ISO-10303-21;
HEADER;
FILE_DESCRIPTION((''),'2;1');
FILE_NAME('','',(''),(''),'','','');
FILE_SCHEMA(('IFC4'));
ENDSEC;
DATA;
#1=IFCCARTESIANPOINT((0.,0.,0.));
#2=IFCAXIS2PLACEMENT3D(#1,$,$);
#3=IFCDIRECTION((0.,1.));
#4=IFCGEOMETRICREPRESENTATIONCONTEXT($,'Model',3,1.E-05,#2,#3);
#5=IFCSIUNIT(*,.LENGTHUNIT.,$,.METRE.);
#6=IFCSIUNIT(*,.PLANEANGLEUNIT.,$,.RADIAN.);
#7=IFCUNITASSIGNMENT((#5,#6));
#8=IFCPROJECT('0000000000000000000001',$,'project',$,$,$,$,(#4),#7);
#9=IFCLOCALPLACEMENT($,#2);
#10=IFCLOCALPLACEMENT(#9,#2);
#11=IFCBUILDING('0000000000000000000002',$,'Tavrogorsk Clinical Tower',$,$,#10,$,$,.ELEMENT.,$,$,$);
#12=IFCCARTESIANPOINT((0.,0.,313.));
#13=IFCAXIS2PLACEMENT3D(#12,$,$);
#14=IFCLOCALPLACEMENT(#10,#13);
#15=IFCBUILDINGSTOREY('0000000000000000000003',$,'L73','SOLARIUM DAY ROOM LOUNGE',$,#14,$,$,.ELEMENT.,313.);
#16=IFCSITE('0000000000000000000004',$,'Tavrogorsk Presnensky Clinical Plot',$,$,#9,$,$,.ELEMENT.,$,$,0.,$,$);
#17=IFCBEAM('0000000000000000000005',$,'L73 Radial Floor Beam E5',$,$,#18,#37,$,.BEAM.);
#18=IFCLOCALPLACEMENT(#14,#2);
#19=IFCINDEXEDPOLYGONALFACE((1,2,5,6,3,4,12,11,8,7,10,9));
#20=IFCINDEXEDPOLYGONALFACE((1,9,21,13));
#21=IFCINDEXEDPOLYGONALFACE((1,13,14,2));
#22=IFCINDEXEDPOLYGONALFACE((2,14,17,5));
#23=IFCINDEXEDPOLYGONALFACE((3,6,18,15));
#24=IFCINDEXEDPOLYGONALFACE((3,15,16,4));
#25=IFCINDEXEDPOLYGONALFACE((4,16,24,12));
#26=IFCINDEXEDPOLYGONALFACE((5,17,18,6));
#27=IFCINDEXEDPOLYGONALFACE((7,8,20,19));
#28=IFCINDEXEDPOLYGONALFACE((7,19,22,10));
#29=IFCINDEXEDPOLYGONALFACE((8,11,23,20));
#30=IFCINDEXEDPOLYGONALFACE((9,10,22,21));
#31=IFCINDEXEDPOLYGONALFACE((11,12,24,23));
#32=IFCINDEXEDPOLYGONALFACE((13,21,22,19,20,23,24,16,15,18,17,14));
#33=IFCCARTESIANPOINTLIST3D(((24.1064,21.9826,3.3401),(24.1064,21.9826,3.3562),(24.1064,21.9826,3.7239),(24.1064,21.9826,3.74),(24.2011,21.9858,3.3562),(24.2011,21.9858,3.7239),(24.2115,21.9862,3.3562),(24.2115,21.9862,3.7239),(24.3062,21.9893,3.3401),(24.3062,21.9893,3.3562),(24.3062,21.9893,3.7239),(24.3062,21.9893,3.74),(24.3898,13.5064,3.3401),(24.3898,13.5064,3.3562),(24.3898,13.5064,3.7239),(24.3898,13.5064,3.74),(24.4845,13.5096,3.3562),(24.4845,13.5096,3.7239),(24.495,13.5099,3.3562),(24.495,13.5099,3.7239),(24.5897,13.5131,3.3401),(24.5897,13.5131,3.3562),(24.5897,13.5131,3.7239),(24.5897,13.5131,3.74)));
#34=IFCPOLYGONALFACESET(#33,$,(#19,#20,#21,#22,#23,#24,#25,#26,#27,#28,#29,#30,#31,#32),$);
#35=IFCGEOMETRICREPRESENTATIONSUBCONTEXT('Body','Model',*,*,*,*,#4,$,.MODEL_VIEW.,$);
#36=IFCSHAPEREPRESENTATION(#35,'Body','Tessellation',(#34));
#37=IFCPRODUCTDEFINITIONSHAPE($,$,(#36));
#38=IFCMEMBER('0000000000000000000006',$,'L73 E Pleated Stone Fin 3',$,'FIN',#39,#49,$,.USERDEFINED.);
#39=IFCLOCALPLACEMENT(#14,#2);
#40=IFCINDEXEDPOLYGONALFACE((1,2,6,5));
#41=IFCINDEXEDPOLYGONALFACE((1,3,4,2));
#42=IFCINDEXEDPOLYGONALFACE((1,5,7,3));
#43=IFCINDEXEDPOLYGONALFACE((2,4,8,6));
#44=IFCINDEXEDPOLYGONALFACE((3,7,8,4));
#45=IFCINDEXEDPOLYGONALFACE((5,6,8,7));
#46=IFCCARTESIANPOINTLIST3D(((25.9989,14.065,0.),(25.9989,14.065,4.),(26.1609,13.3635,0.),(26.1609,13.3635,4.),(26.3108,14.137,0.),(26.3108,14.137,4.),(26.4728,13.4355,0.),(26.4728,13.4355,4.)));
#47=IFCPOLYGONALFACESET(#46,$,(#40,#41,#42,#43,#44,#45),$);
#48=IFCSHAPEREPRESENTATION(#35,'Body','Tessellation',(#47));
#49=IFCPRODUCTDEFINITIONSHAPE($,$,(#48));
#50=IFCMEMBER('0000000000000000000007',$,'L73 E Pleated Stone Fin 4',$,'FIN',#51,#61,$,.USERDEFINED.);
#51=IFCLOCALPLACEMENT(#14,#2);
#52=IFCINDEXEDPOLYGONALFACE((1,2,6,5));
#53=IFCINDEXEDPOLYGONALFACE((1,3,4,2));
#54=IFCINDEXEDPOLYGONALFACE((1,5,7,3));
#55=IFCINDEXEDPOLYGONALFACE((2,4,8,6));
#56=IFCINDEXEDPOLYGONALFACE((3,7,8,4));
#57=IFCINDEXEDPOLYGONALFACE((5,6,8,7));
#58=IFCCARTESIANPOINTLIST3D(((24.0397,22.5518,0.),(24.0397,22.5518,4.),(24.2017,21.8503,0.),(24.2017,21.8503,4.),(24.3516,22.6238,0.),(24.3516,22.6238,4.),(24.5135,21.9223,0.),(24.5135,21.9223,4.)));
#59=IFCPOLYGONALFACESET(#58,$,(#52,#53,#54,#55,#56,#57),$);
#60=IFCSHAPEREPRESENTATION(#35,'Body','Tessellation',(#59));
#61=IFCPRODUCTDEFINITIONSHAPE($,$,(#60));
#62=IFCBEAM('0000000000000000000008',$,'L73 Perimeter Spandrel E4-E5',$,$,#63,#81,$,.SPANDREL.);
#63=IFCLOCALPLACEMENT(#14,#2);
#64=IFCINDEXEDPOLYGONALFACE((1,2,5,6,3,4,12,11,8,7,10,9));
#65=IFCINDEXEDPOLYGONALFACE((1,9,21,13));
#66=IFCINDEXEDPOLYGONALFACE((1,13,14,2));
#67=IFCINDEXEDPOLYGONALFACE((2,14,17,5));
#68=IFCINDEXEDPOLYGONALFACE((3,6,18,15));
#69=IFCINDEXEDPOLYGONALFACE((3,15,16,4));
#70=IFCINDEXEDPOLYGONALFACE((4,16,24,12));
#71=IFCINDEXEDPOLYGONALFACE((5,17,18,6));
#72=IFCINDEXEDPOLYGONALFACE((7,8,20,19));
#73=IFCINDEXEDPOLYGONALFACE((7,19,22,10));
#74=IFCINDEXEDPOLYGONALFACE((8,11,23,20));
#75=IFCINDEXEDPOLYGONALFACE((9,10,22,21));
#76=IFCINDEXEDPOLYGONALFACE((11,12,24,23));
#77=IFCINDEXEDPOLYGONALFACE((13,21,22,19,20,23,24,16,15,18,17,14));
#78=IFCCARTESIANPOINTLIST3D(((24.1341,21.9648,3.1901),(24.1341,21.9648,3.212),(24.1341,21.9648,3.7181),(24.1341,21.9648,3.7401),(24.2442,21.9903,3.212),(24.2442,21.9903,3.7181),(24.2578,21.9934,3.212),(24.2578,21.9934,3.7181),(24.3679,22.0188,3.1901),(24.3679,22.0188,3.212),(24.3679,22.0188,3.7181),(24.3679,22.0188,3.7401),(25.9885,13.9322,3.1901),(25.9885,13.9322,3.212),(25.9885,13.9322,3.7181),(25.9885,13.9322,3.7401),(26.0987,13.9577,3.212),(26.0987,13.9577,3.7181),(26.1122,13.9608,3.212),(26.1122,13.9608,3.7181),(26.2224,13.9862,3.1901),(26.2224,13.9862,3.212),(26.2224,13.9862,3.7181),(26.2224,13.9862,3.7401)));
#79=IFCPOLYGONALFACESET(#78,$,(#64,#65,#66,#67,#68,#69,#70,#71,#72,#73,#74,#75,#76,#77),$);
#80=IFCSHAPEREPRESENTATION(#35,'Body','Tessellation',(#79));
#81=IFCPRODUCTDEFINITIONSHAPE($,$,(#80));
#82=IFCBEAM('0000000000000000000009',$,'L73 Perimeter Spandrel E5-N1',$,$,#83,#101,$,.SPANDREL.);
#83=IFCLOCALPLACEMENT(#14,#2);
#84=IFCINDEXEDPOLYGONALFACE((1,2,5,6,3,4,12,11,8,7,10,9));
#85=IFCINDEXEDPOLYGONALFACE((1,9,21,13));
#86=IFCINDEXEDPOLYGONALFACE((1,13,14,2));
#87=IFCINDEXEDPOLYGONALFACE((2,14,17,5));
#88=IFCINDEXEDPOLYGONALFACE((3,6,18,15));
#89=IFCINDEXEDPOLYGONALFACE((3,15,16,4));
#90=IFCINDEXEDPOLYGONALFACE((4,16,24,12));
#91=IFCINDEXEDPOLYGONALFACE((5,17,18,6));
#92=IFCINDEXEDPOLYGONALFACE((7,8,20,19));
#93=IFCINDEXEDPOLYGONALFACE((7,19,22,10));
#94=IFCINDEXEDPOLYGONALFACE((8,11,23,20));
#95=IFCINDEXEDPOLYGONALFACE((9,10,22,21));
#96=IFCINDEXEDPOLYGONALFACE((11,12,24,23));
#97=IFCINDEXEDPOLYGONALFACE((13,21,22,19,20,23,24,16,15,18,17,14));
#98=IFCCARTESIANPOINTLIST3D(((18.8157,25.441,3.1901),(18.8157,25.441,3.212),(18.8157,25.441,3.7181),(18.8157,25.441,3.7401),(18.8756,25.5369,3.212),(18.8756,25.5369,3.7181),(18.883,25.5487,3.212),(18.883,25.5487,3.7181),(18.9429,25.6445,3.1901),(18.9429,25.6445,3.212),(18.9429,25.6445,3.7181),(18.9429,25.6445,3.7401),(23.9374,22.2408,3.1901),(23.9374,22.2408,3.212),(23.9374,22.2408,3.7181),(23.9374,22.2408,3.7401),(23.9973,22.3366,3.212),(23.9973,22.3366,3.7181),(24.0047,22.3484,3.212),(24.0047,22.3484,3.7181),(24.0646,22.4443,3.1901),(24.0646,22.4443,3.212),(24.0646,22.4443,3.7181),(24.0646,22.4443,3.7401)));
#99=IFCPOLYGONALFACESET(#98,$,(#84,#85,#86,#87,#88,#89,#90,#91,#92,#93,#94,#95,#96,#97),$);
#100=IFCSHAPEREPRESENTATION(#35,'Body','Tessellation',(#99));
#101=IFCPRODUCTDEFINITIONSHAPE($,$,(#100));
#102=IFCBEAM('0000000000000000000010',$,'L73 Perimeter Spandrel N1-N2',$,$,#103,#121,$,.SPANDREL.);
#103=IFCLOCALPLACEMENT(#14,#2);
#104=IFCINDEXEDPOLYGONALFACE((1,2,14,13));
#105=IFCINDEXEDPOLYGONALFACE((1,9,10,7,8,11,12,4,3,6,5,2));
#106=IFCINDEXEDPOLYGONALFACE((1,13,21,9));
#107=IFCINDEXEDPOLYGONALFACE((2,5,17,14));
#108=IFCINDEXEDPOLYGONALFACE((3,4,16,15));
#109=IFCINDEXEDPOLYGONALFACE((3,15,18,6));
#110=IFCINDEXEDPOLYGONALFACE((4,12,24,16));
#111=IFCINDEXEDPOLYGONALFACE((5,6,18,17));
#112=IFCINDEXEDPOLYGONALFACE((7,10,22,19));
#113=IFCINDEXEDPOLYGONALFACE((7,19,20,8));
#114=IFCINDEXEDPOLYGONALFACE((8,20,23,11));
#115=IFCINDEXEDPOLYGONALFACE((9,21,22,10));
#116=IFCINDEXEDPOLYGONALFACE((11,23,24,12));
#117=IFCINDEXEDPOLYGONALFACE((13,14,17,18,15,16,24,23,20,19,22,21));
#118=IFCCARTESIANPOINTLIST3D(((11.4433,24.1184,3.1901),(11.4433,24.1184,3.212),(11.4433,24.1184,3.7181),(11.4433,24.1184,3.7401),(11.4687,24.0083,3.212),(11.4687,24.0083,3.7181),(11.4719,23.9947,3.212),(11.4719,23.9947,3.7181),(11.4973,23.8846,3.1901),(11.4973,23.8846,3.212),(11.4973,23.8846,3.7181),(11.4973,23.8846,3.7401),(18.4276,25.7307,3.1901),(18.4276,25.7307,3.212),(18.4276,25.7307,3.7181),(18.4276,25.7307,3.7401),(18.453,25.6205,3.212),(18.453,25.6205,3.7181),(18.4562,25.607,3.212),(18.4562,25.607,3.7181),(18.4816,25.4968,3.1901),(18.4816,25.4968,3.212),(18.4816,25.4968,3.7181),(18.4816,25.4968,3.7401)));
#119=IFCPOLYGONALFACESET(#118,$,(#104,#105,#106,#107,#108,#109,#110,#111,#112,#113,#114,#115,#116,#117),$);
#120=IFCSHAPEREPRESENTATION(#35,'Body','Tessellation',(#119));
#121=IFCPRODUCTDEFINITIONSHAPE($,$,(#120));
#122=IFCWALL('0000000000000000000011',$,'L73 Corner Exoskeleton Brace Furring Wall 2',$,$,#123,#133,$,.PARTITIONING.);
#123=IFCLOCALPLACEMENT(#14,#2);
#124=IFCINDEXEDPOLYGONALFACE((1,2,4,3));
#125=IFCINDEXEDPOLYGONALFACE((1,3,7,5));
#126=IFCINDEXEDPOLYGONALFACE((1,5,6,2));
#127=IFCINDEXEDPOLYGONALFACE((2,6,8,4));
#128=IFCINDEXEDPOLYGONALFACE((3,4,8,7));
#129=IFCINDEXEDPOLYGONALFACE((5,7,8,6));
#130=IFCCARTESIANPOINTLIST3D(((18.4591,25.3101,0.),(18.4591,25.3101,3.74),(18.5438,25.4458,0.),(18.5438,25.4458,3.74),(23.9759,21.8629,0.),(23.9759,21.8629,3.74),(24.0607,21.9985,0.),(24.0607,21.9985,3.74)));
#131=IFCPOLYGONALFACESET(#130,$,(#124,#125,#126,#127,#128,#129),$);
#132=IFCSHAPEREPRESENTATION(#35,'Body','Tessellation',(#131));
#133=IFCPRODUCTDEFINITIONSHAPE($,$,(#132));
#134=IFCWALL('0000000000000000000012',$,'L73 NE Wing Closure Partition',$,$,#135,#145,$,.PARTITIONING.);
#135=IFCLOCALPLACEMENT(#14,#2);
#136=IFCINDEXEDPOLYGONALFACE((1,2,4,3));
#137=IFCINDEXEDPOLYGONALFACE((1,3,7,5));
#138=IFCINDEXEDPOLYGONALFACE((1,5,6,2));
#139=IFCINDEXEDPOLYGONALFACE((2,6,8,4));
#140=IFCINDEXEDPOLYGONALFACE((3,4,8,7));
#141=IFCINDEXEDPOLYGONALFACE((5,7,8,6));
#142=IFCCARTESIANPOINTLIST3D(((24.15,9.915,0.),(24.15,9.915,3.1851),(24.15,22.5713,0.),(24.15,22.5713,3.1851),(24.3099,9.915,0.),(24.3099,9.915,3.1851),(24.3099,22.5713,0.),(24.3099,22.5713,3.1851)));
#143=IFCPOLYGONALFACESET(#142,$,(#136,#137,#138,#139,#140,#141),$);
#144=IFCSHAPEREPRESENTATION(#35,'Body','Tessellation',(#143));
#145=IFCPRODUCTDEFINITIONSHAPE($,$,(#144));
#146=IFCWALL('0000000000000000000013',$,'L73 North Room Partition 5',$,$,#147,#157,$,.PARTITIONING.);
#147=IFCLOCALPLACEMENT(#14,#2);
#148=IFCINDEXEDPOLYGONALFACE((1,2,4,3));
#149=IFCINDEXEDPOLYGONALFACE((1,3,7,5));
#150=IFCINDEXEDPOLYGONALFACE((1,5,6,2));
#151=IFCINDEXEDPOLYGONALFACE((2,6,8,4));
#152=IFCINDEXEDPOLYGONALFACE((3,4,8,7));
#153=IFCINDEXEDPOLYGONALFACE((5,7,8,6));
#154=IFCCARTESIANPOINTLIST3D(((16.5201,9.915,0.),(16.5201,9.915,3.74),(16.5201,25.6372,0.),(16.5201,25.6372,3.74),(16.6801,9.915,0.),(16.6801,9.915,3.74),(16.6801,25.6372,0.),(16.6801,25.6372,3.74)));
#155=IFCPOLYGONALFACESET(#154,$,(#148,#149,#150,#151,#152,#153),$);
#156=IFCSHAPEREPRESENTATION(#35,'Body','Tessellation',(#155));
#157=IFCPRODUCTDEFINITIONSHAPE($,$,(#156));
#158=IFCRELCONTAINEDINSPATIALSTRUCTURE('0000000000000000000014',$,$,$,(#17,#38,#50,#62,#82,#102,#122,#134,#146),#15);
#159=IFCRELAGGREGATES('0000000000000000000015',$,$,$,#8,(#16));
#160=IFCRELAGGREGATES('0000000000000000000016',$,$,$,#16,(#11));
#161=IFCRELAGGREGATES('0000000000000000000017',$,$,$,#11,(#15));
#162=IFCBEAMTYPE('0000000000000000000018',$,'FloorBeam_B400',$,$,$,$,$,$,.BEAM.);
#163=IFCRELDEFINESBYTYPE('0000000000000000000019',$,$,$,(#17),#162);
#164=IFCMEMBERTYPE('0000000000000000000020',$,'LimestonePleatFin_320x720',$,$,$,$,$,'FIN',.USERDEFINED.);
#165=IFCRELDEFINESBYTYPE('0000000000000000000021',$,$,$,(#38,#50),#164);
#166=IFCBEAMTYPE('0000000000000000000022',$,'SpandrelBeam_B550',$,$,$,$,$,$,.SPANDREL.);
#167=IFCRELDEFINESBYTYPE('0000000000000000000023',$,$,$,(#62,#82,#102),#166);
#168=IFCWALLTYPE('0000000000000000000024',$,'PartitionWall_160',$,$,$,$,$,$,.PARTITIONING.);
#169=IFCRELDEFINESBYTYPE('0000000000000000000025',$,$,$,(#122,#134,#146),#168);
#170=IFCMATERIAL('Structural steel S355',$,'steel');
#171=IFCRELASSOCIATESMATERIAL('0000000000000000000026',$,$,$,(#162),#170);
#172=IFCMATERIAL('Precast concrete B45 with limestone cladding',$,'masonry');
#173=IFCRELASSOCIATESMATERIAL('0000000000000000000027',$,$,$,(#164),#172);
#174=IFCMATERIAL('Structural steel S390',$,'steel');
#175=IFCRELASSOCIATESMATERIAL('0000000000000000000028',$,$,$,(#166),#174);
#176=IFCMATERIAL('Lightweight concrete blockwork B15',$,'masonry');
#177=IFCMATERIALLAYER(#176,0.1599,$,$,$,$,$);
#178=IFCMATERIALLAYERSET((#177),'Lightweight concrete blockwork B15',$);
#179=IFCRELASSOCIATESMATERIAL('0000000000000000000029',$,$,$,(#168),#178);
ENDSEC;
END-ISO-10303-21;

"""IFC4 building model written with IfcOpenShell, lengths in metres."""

from ifc_helpers import new_model, si_unit, direction, frame, frame_2d, origin, origin_2d, place, context, subcontext, project, spatial, rectangle, i_section, extrude, material, layer, layer_set, material_profile, profile_set, type_object, element, save


model = new_model("IFC4")

# Units and contexts
model_context = context("Model", 3, precision=1e-05, world=origin(), true_north=direction((0.0, 1.0)))
body_context = subcontext(model_context, "Body", "Model", "MODEL_VIEW")
ifc_project = project(units=[si_unit("LENGTHUNIT", "METRE"), si_unit("PLANEANGLEUNIT", "RADIAN")], contexts=[model_context])

# Site, building, storey
site_placement = place(None, origin())
site = spatial("IfcSite", under=ifc_project, at=site_placement, Name="Tavrogorsk Presnensky Clinical Plot", CompositionType="ELEMENT", RefElevation=0.0)
building_placement = place(site_placement, origin())
building = spatial("IfcBuilding", under=site, at=building_placement, Name="Tavrogorsk Clinical Tower", CompositionType="ELEMENT")
storey_placement = place(building_placement, frame((0.0, 0.0, 313.0)))
storey = spatial("IfcBuildingStorey", under=building, at=storey_placement, Name="L73", Description="SOLARIUM DAY ROOM LOUNGE", CompositionType="ELEMENT", Elevation=313.0)

# Beam
ifc_material_1 = material(Name="Structural steel S355", Category="steel")
ifc_material_profile_1 = material_profile(ifc_material_1, i_section(OverallWidth=0.2, OverallDepth=0.3999, WebThickness=0.0105, FlangeThickness=0.0161, at=origin_2d()), Name="B-400x200x10.5x16")
ifc_profile_set_1 = profile_set([ifc_material_profile_1], Name="Structural steel S355")
beam_type_1 = type_object("IfcBeamType", Name="FloorBeam_B400", PredefinedType="BEAM", material=ifc_profile_set_1)
beam_1_placement = place(storey_placement, frame((24.4897, 13.5098, 3.54), z_axis=(-0.033421, 0.999441, 0.0), x_axis=(-0.999441, -0.033421, 0.0)))
element("IfcBeam", 1, at=beam_1_placement, inside=storey, type_object=beam_type_1, Name="L73 Radial Floor Beam E5", PredefinedType="BEAM", context=body_context, shape_type="SweptSolid", body=[
    extrude(i_section(OverallWidth=0.2, OverallDepth=0.3999, WebThickness=0.0105, FlangeThickness=0.0161, at=origin_2d()), origin(), (0.0, 0.0, 1.0), 8.481),
])

# Members
ifc_material_2 = material(Name="Precast concrete B45 with limestone cladding", Category="masonry")
ifc_material_profile_2 = material_profile(ifc_material_2, rectangle(XDim=0.3201, YDim=0.72, at=origin_2d()), Name="LIMESTONE-FIN-320x720")
ifc_profile_set_2 = profile_set([ifc_material_profile_2], Name="Precast concrete B45 with limestone cladding")
member_type_1 = type_object("IfcMemberType", Name="LimestonePleatFin_320x720", ElementType="FIN", PredefinedType="USERDEFINED", material=ifc_profile_set_2)
for number, where, z_axis, x_axis, name in (
    (2, (26.2358, 13.7502, 0.0), (0.0, 0.0, 1.0), (0.97437, 0.224951, 0.0), "L73 E Pleated Stone Fin 3"),
    (3, (24.2766, 22.2371, 0.0), (0.0, 0.0, 1.0), (0.97437, 0.224951, 0.0), "L73 E Pleated Stone Fin 4"),
):
    element("IfcMember", number, at=place(storey_placement, frame(where, z_axis=z_axis, x_axis=x_axis)), inside=storey, type_object=member_type_1, Name=name, ObjectType="FIN", PredefinedType="USERDEFINED", context=body_context, shape_type="SweptSolid", body=[
        extrude(rectangle(XDim=0.3201, YDim=0.72, at=origin_2d()), origin(), (0.0, 0.0, 1.0), 4.0),
    ])

# Beams
ifc_material_3 = material(Name="Structural steel S390", Category="steel")
ifc_material_profile_3 = material_profile(ifc_material_3, i_section(OverallWidth=0.24, OverallDepth=0.55, WebThickness=0.0139, FlangeThickness=0.022, at=origin_2d()), Name="B-550x240x14x22")
ifc_profile_set_3 = profile_set([ifc_material_profile_3], Name="Structural steel S390")
beam_type_2 = type_object("IfcBeamType", Name="SpandrelBeam_B550", PredefinedType="SPANDREL", material=ifc_profile_set_3)
beam_2_placement = place(storey_placement, frame((26.1055, 13.9592, 3.4651), z_axis=(-0.22495, 0.97437, 0.0), x_axis=(-0.97437, -0.22495, 0.0)))
element("IfcBeam", 4, at=beam_2_placement, inside=storey, type_object=beam_type_2, Name="L73 Perimeter Spandrel E4-E5", PredefinedType="SPANDREL", context=body_context, shape_type="SweptSolid", body=[
    extrude(i_section(OverallWidth=0.24, OverallDepth=0.55, WebThickness=0.0139, FlangeThickness=0.022, at=origin_2d()), origin(), (0.0, 0.0, 1.0), 8.2439),
])
beam_3_placement = place(storey_placement, frame((24.001, 22.3425, 3.4651), z_axis=(-0.848057, 0.529904, 0.0), x_axis=(-0.529904, -0.848057, 0.0)))
element("IfcBeam", 5, at=beam_3_placement, inside=storey, type_object=beam_type_2, Name="L73 Perimeter Spandrel E5-N1", PredefinedType="SPANDREL", context=body_context, shape_type="SweptSolid", body=[
    extrude(i_section(OverallWidth=0.24, OverallDepth=0.55, WebThickness=0.0139, FlangeThickness=0.022, at=origin_2d()), origin(), (0.0, 0.0, 1.0), 6.0393),
])
beam_4_placement = place(storey_placement, frame((18.4546, 25.6138, 3.4651), z_axis=(-0.974375, -0.224929, 0.0), x_axis=(0.224929, -0.974375, 0.0)))
element("IfcBeam", 6, at=beam_4_placement, inside=storey, type_object=beam_type_2, Name="L73 Perimeter Spandrel N1-N2", PredefinedType="SPANDREL", context=body_context, shape_type="SweptSolid", body=[
    extrude(i_section(OverallWidth=0.24, OverallDepth=0.55, WebThickness=0.0139, FlangeThickness=0.022, at=origin_2d()), origin(), (0.0, 0.0, 1.0), 7.168),
])

# Walls
ifc_material_4 = material(Name="Lightweight concrete blockwork B15", Category="masonry")
ifc_layer_1 = layer(ifc_material_4, 0.1599)
ifc_layer_set_1 = layer_set([ifc_layer_1], Name="Lightweight concrete blockwork B15")
wall_type_1 = type_object("IfcWallType", Name="PartitionWall_160", PredefinedType="PARTITIONING", material=ifc_layer_set_1)
wall_1_placement = place(storey_placement, frame((24.0183, 21.9307, 0.0), z_axis=(0.0, 0.0, 1.0), x_axis=(-0.848051, 0.529915, 0.0)))
element("IfcWall", 7, at=wall_1_placement, inside=storey, type_object=wall_type_1, Name="L73 Corner Exoskeleton Brace Furring Wall 2", PredefinedType="PARTITIONING", context=body_context, shape_type="SweptSolid", body=[
    extrude(rectangle(XDim=6.5054, YDim=0.1599, at=frame_2d((3.2527, 0.0))), origin(), (0.0, 0.0, 1.0), 3.74),
])
wall_2_placement = place(storey_placement, frame((24.23, 9.915, 0.0), z_axis=(0.0, 0.0, 1.0), x_axis=(0.0, 1.0, 0.0)))
element("IfcWall", 8, at=wall_2_placement, inside=storey, type_object=wall_type_1, Name="L73 NE Wing Closure Partition", PredefinedType="PARTITIONING", context=body_context, shape_type="SweptSolid", body=[
    extrude(rectangle(XDim=12.6562, YDim=0.1599, at=frame_2d((6.3281, 0.0))), origin(), (0.0, 0.0, 1.0), 3.1851),
])
wall_3_placement = place(storey_placement, frame((16.6001, 9.915, 0.0), z_axis=(0.0, 0.0, 1.0), x_axis=(0.0, 1.0, 0.0)))
element("IfcWall", 9, at=wall_3_placement, inside=storey, type_object=wall_type_1, Name="L73 North Room Partition 5", PredefinedType="PARTITIONING", context=body_context, shape_type="SweptSolid", body=[
    extrude(rectangle(XDim=15.7222, YDim=0.1599, at=frame_2d((7.8611, 0.0))), origin(), (0.0, 0.0, 1.0), 3.74),
])

save(model, "model.ifc")
